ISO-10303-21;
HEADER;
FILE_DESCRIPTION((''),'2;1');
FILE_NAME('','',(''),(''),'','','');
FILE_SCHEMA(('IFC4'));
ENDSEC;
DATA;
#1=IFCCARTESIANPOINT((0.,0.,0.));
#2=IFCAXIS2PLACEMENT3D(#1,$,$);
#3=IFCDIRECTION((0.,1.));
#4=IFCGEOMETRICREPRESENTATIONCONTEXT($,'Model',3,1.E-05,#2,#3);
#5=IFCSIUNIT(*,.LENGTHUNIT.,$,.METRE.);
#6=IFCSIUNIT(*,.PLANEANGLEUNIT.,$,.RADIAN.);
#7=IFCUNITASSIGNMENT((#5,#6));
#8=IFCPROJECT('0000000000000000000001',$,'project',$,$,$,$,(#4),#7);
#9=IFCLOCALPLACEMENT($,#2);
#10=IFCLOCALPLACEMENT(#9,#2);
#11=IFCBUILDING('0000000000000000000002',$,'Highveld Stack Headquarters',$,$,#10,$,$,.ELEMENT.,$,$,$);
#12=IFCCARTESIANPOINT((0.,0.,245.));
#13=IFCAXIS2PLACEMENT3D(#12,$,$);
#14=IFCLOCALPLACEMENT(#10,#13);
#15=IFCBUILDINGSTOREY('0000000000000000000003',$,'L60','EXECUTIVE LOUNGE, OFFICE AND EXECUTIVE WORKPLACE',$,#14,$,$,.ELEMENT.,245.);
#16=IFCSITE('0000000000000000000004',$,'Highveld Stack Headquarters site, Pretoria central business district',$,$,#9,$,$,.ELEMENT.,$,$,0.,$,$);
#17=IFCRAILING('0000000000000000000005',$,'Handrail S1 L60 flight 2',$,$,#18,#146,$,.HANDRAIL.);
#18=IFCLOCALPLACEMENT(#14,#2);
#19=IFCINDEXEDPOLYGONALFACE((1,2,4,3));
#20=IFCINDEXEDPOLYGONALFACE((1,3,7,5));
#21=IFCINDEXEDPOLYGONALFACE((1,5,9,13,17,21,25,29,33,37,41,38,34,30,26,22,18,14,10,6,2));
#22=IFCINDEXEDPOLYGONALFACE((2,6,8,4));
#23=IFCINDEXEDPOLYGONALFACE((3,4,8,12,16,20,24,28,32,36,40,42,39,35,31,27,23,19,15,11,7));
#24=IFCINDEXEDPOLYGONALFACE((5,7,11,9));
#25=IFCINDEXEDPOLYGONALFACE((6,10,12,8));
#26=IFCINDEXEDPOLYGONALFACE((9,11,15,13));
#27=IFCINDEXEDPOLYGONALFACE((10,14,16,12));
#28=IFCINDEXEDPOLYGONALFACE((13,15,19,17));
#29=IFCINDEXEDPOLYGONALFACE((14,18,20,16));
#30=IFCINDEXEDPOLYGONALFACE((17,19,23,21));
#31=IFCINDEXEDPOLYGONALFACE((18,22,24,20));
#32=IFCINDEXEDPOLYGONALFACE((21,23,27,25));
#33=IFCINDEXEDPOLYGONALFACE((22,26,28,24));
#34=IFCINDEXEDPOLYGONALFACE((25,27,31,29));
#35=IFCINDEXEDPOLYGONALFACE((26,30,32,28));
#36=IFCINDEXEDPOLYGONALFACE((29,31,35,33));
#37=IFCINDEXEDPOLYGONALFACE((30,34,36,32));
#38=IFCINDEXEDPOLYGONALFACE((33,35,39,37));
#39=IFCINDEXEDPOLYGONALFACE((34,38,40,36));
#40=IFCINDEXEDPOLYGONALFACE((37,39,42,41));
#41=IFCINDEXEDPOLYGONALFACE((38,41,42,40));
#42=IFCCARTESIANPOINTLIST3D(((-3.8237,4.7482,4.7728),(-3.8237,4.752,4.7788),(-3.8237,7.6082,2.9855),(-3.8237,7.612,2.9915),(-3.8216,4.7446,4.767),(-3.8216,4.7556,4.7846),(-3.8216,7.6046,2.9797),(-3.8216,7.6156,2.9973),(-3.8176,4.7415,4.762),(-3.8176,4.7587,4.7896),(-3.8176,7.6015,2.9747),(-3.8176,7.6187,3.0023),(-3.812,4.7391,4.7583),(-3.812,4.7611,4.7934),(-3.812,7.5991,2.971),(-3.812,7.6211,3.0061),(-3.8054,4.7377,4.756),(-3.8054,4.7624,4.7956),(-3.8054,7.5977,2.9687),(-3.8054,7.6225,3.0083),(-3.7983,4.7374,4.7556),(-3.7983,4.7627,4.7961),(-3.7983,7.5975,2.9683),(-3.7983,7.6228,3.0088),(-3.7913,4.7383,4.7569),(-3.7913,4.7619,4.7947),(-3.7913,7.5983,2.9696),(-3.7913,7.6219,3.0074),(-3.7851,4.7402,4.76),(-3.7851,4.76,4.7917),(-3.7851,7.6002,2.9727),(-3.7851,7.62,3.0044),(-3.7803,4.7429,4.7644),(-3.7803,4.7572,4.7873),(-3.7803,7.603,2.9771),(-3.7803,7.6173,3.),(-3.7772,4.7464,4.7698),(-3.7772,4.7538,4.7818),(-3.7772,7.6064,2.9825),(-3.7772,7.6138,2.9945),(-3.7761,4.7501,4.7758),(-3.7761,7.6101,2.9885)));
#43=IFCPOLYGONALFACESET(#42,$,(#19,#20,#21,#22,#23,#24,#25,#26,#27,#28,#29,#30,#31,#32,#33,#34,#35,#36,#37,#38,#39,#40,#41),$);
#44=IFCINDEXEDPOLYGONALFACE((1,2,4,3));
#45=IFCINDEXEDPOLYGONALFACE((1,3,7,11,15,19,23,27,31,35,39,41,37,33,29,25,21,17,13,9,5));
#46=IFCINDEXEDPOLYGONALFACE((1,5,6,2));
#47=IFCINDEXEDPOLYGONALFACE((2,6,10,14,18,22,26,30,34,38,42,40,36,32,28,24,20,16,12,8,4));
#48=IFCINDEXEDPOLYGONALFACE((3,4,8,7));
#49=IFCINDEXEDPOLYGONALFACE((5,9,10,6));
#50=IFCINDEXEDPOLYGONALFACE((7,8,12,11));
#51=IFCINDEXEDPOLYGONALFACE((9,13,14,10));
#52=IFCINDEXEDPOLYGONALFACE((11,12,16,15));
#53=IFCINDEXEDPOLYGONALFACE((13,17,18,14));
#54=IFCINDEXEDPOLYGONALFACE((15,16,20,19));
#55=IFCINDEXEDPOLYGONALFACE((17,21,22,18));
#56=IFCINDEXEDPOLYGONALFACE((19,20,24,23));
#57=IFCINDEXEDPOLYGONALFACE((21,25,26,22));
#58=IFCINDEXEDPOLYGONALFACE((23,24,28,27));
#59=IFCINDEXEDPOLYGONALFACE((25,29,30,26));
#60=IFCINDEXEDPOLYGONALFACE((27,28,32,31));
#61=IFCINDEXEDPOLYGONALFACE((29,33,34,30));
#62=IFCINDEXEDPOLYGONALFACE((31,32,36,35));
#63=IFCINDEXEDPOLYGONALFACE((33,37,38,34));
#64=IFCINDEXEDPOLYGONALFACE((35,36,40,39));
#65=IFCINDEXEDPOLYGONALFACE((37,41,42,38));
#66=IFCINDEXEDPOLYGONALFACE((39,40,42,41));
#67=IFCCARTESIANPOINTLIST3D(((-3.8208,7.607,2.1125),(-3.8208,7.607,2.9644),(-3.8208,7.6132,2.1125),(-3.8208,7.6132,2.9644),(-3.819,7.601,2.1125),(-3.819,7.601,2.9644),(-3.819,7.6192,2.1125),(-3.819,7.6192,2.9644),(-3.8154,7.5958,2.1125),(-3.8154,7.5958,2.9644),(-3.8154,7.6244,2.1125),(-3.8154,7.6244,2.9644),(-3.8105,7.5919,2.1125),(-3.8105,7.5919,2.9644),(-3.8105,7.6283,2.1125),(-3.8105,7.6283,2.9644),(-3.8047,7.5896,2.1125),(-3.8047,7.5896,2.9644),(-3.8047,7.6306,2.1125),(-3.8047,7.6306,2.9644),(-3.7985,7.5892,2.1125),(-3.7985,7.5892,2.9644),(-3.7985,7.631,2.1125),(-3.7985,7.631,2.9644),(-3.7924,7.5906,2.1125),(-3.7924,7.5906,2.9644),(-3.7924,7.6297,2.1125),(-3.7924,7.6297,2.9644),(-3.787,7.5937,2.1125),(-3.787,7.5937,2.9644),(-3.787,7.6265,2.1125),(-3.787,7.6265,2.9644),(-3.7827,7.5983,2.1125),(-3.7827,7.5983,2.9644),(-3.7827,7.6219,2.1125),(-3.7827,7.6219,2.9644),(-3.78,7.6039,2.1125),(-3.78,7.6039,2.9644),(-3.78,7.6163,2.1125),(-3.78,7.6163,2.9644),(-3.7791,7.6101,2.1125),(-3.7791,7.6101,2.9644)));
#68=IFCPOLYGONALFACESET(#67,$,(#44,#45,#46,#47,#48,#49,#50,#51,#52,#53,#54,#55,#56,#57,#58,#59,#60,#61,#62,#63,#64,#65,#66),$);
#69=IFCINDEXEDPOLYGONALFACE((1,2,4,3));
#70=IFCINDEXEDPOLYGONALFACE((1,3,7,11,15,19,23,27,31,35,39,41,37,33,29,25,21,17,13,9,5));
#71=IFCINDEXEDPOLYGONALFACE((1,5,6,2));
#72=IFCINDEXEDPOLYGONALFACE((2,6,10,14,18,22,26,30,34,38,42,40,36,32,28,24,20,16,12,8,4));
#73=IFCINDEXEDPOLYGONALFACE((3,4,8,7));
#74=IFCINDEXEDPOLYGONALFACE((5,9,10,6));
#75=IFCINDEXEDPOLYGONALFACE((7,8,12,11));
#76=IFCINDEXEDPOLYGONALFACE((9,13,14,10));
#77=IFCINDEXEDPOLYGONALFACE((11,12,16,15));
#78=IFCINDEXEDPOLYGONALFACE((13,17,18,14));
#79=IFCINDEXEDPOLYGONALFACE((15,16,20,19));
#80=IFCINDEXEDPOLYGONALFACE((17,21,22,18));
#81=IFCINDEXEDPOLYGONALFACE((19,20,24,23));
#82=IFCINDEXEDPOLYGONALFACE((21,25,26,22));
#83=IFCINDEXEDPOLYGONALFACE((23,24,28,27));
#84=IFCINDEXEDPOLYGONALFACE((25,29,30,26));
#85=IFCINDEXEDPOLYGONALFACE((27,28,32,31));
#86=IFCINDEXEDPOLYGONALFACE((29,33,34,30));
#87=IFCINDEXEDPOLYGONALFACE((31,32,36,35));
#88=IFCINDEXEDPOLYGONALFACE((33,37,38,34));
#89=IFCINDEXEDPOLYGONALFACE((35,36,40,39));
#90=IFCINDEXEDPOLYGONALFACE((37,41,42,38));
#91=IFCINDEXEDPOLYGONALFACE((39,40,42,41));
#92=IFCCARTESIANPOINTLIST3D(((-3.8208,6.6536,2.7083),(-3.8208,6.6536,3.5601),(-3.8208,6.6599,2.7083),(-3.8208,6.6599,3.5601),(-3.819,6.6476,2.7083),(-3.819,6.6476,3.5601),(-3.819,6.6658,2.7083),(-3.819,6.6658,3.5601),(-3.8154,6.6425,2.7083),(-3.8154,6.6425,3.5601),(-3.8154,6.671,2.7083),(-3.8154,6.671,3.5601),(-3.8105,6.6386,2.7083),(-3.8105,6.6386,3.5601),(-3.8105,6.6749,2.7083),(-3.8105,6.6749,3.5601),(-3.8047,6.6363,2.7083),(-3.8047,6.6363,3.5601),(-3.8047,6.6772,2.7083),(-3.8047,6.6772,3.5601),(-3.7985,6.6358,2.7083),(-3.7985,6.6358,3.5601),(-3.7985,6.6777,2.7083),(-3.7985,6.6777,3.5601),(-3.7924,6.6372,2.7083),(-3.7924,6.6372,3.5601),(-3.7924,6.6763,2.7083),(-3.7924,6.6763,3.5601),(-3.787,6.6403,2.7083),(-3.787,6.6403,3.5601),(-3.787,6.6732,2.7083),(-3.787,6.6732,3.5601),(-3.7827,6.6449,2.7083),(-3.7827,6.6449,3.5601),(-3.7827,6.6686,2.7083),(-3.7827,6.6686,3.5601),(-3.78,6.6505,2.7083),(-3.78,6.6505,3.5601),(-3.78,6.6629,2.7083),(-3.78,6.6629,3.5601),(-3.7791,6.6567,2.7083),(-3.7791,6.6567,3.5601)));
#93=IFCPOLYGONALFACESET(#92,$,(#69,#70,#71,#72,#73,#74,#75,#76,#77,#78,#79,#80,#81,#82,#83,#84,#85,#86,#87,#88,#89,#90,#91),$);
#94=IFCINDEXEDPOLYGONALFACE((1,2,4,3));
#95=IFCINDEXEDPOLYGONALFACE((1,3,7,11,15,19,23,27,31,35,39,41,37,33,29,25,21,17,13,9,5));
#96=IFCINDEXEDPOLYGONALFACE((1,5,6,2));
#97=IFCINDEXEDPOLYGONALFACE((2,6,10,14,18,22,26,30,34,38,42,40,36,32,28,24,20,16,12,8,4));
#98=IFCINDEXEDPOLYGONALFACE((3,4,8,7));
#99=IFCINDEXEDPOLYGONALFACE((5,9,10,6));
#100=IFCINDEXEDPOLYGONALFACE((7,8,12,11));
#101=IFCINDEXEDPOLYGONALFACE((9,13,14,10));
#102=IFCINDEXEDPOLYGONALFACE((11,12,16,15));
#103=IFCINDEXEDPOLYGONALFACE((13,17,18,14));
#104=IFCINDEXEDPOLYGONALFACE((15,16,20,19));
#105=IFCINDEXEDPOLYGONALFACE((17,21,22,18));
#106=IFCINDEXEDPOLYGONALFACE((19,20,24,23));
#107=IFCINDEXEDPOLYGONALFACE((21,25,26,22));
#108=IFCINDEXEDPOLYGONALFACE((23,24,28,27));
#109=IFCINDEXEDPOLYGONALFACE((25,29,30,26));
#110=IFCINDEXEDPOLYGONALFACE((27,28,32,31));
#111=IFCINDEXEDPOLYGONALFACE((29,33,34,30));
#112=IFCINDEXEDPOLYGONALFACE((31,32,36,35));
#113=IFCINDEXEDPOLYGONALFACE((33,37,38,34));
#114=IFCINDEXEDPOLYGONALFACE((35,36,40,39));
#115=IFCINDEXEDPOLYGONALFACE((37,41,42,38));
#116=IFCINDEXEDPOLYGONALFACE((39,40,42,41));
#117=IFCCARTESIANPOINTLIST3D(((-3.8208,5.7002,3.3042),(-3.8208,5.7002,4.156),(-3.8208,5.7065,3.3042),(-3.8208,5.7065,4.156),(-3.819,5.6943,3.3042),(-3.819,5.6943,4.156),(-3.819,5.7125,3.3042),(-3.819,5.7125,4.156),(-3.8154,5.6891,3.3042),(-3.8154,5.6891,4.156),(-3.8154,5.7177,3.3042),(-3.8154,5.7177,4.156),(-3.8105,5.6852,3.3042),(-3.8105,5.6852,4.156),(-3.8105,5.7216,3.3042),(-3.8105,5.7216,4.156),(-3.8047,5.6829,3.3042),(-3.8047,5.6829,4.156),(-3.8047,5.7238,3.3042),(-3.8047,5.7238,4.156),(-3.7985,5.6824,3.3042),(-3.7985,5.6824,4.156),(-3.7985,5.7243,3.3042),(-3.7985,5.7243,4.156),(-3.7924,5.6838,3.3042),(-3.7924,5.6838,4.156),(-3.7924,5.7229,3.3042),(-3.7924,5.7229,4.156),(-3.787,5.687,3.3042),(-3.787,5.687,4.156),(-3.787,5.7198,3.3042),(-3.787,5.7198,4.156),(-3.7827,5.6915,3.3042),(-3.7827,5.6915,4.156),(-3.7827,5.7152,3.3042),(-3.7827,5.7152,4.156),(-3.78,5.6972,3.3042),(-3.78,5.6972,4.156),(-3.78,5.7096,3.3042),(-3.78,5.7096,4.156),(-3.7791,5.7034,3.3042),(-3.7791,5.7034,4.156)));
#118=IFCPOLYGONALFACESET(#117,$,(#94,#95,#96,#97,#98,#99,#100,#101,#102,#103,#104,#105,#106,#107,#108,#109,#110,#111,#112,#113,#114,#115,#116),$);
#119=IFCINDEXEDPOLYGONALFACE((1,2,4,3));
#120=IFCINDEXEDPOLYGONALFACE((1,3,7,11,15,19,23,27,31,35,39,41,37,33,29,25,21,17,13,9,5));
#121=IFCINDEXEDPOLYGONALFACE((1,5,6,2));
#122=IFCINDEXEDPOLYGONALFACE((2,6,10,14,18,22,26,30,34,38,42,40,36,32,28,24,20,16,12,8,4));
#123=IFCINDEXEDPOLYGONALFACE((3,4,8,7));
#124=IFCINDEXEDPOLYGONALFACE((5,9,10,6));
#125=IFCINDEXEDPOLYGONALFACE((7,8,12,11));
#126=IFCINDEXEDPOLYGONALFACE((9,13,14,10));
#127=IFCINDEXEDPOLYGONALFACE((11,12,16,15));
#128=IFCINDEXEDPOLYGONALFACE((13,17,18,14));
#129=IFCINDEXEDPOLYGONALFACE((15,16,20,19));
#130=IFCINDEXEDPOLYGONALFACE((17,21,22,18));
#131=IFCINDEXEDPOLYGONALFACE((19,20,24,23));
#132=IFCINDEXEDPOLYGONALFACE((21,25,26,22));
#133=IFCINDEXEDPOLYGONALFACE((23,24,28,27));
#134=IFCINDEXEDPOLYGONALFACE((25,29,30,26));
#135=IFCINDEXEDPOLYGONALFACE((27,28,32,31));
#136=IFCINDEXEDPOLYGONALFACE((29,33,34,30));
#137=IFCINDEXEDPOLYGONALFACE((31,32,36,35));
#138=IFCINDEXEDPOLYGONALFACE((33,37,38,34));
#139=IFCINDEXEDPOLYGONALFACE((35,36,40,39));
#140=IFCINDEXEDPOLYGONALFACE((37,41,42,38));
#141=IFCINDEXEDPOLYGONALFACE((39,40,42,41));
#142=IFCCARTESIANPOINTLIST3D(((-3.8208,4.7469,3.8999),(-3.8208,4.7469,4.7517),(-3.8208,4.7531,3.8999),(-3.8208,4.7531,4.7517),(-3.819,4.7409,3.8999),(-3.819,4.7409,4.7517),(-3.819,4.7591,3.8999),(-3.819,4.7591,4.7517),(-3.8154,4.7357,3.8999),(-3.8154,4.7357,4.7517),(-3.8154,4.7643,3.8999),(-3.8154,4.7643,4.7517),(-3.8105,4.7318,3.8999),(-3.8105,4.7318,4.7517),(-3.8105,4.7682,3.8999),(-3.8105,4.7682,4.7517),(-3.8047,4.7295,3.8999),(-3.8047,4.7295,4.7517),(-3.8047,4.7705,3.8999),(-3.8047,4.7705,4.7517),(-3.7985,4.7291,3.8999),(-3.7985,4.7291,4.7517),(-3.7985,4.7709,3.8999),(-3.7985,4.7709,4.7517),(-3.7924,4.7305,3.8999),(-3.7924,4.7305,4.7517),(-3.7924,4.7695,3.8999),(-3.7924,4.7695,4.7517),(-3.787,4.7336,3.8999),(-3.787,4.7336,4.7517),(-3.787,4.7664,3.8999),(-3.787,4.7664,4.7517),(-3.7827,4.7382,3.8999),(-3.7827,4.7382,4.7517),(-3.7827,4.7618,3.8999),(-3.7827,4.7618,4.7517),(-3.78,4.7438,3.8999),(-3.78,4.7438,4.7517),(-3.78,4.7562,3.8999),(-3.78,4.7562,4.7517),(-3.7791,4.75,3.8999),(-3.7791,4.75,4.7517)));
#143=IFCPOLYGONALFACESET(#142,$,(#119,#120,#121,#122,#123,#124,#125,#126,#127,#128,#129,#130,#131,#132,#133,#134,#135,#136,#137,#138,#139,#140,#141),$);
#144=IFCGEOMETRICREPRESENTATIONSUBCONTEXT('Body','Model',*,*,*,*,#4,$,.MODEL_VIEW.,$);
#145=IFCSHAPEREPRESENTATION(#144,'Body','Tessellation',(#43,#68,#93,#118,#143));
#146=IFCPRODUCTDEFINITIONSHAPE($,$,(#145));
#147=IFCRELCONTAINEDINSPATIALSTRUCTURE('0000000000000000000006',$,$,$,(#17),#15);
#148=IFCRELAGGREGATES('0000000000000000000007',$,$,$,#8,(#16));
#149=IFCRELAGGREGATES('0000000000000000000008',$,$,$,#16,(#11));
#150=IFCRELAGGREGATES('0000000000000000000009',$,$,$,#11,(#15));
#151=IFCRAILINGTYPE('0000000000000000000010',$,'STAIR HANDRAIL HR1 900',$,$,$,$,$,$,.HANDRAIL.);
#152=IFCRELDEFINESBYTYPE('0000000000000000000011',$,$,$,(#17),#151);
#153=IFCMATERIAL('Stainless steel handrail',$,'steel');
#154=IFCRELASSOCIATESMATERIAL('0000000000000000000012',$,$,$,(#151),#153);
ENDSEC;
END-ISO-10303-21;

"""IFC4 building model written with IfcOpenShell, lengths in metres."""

from ifc_helpers import new_model, si_unit, direction, frame, origin, origin_2d, place, context, subcontext, project, spatial, circle, extrude, material, type_object, element, save


model = new_model("IFC4")

# Units and contexts
model_context = context("Model", 3, precision=1e-05, world=origin(), true_north=direction((0.0, 1.0)))
body_context = subcontext(model_context, "Body", "Model", "MODEL_VIEW")
ifc_project = project(units=[si_unit("LENGTHUNIT", "METRE"), si_unit("PLANEANGLEUNIT", "RADIAN")], contexts=[model_context])

# Site, building, storey
site_placement = place(None, origin())
site = spatial("IfcSite", under=ifc_project, at=site_placement, Name="Highveld Stack Headquarters site, Pretoria central business district", CompositionType="ELEMENT", RefElevation=0.0)
building_placement = place(site_placement, origin())
building = spatial("IfcBuilding", under=site, at=building_placement, Name="Highveld Stack Headquarters", CompositionType="ELEMENT")
storey_placement = place(building_placement, frame((0.0, 0.0, 245.0)))
storey = spatial("IfcBuildingStorey", under=building, at=storey_placement, Name="L60", Description="EXECUTIVE LOUNGE, OFFICE AND EXECUTIVE WORKPLACE", CompositionType="ELEMENT", Elevation=245.0)

# Railing
ifc_material_1 = material(Name="Stainless steel handrail", Category="steel")
railing_type = type_object("IfcRailingType", Name="STAIR HANDRAIL HR1 900", PredefinedType="HANDRAIL", material=ifc_material_1)
for number, where, name in (
    (1, (-3.8, 7.6101, 2.1125), "Handrail S1 L60 flight 2"),
):
    element("IfcRailing", number, at=place(storey_placement, frame(where)), inside=storey, type_object=railing_type, Name=name, PredefinedType="HANDRAIL", context=body_context, shape_type="SweptSolid", body=[
        extrude(circle(Radius=0.0239, at=origin_2d()), frame((0.0, 0.0, 0.876), z_axis=(0.0, -0.848027, 0.529953), x_axis=(1.0, 0.0, 0.0)), (0.0, 0.0, 1.0), 3.3726),
        extrude(circle(Radius=0.021, at=origin_2d()), origin(), (0.0, 0.0, 1.0), 0.8518),
        extrude(circle(Radius=0.021, at=origin_2d()), frame((0.0, -0.9534, 0.5957)), (0.0, 0.0, 1.0), 0.8518),
        extrude(circle(Radius=0.021, at=origin_2d()), frame((0.0, -1.9067, 1.1917)), (0.0, 0.0, 1.0), 0.8518),
        extrude(circle(Radius=0.021, at=origin_2d()), frame((0.0, -2.8601, 1.7874)), (0.0, 0.0, 1.0), 0.8518),
    ])

save(model, "model.ifc")
